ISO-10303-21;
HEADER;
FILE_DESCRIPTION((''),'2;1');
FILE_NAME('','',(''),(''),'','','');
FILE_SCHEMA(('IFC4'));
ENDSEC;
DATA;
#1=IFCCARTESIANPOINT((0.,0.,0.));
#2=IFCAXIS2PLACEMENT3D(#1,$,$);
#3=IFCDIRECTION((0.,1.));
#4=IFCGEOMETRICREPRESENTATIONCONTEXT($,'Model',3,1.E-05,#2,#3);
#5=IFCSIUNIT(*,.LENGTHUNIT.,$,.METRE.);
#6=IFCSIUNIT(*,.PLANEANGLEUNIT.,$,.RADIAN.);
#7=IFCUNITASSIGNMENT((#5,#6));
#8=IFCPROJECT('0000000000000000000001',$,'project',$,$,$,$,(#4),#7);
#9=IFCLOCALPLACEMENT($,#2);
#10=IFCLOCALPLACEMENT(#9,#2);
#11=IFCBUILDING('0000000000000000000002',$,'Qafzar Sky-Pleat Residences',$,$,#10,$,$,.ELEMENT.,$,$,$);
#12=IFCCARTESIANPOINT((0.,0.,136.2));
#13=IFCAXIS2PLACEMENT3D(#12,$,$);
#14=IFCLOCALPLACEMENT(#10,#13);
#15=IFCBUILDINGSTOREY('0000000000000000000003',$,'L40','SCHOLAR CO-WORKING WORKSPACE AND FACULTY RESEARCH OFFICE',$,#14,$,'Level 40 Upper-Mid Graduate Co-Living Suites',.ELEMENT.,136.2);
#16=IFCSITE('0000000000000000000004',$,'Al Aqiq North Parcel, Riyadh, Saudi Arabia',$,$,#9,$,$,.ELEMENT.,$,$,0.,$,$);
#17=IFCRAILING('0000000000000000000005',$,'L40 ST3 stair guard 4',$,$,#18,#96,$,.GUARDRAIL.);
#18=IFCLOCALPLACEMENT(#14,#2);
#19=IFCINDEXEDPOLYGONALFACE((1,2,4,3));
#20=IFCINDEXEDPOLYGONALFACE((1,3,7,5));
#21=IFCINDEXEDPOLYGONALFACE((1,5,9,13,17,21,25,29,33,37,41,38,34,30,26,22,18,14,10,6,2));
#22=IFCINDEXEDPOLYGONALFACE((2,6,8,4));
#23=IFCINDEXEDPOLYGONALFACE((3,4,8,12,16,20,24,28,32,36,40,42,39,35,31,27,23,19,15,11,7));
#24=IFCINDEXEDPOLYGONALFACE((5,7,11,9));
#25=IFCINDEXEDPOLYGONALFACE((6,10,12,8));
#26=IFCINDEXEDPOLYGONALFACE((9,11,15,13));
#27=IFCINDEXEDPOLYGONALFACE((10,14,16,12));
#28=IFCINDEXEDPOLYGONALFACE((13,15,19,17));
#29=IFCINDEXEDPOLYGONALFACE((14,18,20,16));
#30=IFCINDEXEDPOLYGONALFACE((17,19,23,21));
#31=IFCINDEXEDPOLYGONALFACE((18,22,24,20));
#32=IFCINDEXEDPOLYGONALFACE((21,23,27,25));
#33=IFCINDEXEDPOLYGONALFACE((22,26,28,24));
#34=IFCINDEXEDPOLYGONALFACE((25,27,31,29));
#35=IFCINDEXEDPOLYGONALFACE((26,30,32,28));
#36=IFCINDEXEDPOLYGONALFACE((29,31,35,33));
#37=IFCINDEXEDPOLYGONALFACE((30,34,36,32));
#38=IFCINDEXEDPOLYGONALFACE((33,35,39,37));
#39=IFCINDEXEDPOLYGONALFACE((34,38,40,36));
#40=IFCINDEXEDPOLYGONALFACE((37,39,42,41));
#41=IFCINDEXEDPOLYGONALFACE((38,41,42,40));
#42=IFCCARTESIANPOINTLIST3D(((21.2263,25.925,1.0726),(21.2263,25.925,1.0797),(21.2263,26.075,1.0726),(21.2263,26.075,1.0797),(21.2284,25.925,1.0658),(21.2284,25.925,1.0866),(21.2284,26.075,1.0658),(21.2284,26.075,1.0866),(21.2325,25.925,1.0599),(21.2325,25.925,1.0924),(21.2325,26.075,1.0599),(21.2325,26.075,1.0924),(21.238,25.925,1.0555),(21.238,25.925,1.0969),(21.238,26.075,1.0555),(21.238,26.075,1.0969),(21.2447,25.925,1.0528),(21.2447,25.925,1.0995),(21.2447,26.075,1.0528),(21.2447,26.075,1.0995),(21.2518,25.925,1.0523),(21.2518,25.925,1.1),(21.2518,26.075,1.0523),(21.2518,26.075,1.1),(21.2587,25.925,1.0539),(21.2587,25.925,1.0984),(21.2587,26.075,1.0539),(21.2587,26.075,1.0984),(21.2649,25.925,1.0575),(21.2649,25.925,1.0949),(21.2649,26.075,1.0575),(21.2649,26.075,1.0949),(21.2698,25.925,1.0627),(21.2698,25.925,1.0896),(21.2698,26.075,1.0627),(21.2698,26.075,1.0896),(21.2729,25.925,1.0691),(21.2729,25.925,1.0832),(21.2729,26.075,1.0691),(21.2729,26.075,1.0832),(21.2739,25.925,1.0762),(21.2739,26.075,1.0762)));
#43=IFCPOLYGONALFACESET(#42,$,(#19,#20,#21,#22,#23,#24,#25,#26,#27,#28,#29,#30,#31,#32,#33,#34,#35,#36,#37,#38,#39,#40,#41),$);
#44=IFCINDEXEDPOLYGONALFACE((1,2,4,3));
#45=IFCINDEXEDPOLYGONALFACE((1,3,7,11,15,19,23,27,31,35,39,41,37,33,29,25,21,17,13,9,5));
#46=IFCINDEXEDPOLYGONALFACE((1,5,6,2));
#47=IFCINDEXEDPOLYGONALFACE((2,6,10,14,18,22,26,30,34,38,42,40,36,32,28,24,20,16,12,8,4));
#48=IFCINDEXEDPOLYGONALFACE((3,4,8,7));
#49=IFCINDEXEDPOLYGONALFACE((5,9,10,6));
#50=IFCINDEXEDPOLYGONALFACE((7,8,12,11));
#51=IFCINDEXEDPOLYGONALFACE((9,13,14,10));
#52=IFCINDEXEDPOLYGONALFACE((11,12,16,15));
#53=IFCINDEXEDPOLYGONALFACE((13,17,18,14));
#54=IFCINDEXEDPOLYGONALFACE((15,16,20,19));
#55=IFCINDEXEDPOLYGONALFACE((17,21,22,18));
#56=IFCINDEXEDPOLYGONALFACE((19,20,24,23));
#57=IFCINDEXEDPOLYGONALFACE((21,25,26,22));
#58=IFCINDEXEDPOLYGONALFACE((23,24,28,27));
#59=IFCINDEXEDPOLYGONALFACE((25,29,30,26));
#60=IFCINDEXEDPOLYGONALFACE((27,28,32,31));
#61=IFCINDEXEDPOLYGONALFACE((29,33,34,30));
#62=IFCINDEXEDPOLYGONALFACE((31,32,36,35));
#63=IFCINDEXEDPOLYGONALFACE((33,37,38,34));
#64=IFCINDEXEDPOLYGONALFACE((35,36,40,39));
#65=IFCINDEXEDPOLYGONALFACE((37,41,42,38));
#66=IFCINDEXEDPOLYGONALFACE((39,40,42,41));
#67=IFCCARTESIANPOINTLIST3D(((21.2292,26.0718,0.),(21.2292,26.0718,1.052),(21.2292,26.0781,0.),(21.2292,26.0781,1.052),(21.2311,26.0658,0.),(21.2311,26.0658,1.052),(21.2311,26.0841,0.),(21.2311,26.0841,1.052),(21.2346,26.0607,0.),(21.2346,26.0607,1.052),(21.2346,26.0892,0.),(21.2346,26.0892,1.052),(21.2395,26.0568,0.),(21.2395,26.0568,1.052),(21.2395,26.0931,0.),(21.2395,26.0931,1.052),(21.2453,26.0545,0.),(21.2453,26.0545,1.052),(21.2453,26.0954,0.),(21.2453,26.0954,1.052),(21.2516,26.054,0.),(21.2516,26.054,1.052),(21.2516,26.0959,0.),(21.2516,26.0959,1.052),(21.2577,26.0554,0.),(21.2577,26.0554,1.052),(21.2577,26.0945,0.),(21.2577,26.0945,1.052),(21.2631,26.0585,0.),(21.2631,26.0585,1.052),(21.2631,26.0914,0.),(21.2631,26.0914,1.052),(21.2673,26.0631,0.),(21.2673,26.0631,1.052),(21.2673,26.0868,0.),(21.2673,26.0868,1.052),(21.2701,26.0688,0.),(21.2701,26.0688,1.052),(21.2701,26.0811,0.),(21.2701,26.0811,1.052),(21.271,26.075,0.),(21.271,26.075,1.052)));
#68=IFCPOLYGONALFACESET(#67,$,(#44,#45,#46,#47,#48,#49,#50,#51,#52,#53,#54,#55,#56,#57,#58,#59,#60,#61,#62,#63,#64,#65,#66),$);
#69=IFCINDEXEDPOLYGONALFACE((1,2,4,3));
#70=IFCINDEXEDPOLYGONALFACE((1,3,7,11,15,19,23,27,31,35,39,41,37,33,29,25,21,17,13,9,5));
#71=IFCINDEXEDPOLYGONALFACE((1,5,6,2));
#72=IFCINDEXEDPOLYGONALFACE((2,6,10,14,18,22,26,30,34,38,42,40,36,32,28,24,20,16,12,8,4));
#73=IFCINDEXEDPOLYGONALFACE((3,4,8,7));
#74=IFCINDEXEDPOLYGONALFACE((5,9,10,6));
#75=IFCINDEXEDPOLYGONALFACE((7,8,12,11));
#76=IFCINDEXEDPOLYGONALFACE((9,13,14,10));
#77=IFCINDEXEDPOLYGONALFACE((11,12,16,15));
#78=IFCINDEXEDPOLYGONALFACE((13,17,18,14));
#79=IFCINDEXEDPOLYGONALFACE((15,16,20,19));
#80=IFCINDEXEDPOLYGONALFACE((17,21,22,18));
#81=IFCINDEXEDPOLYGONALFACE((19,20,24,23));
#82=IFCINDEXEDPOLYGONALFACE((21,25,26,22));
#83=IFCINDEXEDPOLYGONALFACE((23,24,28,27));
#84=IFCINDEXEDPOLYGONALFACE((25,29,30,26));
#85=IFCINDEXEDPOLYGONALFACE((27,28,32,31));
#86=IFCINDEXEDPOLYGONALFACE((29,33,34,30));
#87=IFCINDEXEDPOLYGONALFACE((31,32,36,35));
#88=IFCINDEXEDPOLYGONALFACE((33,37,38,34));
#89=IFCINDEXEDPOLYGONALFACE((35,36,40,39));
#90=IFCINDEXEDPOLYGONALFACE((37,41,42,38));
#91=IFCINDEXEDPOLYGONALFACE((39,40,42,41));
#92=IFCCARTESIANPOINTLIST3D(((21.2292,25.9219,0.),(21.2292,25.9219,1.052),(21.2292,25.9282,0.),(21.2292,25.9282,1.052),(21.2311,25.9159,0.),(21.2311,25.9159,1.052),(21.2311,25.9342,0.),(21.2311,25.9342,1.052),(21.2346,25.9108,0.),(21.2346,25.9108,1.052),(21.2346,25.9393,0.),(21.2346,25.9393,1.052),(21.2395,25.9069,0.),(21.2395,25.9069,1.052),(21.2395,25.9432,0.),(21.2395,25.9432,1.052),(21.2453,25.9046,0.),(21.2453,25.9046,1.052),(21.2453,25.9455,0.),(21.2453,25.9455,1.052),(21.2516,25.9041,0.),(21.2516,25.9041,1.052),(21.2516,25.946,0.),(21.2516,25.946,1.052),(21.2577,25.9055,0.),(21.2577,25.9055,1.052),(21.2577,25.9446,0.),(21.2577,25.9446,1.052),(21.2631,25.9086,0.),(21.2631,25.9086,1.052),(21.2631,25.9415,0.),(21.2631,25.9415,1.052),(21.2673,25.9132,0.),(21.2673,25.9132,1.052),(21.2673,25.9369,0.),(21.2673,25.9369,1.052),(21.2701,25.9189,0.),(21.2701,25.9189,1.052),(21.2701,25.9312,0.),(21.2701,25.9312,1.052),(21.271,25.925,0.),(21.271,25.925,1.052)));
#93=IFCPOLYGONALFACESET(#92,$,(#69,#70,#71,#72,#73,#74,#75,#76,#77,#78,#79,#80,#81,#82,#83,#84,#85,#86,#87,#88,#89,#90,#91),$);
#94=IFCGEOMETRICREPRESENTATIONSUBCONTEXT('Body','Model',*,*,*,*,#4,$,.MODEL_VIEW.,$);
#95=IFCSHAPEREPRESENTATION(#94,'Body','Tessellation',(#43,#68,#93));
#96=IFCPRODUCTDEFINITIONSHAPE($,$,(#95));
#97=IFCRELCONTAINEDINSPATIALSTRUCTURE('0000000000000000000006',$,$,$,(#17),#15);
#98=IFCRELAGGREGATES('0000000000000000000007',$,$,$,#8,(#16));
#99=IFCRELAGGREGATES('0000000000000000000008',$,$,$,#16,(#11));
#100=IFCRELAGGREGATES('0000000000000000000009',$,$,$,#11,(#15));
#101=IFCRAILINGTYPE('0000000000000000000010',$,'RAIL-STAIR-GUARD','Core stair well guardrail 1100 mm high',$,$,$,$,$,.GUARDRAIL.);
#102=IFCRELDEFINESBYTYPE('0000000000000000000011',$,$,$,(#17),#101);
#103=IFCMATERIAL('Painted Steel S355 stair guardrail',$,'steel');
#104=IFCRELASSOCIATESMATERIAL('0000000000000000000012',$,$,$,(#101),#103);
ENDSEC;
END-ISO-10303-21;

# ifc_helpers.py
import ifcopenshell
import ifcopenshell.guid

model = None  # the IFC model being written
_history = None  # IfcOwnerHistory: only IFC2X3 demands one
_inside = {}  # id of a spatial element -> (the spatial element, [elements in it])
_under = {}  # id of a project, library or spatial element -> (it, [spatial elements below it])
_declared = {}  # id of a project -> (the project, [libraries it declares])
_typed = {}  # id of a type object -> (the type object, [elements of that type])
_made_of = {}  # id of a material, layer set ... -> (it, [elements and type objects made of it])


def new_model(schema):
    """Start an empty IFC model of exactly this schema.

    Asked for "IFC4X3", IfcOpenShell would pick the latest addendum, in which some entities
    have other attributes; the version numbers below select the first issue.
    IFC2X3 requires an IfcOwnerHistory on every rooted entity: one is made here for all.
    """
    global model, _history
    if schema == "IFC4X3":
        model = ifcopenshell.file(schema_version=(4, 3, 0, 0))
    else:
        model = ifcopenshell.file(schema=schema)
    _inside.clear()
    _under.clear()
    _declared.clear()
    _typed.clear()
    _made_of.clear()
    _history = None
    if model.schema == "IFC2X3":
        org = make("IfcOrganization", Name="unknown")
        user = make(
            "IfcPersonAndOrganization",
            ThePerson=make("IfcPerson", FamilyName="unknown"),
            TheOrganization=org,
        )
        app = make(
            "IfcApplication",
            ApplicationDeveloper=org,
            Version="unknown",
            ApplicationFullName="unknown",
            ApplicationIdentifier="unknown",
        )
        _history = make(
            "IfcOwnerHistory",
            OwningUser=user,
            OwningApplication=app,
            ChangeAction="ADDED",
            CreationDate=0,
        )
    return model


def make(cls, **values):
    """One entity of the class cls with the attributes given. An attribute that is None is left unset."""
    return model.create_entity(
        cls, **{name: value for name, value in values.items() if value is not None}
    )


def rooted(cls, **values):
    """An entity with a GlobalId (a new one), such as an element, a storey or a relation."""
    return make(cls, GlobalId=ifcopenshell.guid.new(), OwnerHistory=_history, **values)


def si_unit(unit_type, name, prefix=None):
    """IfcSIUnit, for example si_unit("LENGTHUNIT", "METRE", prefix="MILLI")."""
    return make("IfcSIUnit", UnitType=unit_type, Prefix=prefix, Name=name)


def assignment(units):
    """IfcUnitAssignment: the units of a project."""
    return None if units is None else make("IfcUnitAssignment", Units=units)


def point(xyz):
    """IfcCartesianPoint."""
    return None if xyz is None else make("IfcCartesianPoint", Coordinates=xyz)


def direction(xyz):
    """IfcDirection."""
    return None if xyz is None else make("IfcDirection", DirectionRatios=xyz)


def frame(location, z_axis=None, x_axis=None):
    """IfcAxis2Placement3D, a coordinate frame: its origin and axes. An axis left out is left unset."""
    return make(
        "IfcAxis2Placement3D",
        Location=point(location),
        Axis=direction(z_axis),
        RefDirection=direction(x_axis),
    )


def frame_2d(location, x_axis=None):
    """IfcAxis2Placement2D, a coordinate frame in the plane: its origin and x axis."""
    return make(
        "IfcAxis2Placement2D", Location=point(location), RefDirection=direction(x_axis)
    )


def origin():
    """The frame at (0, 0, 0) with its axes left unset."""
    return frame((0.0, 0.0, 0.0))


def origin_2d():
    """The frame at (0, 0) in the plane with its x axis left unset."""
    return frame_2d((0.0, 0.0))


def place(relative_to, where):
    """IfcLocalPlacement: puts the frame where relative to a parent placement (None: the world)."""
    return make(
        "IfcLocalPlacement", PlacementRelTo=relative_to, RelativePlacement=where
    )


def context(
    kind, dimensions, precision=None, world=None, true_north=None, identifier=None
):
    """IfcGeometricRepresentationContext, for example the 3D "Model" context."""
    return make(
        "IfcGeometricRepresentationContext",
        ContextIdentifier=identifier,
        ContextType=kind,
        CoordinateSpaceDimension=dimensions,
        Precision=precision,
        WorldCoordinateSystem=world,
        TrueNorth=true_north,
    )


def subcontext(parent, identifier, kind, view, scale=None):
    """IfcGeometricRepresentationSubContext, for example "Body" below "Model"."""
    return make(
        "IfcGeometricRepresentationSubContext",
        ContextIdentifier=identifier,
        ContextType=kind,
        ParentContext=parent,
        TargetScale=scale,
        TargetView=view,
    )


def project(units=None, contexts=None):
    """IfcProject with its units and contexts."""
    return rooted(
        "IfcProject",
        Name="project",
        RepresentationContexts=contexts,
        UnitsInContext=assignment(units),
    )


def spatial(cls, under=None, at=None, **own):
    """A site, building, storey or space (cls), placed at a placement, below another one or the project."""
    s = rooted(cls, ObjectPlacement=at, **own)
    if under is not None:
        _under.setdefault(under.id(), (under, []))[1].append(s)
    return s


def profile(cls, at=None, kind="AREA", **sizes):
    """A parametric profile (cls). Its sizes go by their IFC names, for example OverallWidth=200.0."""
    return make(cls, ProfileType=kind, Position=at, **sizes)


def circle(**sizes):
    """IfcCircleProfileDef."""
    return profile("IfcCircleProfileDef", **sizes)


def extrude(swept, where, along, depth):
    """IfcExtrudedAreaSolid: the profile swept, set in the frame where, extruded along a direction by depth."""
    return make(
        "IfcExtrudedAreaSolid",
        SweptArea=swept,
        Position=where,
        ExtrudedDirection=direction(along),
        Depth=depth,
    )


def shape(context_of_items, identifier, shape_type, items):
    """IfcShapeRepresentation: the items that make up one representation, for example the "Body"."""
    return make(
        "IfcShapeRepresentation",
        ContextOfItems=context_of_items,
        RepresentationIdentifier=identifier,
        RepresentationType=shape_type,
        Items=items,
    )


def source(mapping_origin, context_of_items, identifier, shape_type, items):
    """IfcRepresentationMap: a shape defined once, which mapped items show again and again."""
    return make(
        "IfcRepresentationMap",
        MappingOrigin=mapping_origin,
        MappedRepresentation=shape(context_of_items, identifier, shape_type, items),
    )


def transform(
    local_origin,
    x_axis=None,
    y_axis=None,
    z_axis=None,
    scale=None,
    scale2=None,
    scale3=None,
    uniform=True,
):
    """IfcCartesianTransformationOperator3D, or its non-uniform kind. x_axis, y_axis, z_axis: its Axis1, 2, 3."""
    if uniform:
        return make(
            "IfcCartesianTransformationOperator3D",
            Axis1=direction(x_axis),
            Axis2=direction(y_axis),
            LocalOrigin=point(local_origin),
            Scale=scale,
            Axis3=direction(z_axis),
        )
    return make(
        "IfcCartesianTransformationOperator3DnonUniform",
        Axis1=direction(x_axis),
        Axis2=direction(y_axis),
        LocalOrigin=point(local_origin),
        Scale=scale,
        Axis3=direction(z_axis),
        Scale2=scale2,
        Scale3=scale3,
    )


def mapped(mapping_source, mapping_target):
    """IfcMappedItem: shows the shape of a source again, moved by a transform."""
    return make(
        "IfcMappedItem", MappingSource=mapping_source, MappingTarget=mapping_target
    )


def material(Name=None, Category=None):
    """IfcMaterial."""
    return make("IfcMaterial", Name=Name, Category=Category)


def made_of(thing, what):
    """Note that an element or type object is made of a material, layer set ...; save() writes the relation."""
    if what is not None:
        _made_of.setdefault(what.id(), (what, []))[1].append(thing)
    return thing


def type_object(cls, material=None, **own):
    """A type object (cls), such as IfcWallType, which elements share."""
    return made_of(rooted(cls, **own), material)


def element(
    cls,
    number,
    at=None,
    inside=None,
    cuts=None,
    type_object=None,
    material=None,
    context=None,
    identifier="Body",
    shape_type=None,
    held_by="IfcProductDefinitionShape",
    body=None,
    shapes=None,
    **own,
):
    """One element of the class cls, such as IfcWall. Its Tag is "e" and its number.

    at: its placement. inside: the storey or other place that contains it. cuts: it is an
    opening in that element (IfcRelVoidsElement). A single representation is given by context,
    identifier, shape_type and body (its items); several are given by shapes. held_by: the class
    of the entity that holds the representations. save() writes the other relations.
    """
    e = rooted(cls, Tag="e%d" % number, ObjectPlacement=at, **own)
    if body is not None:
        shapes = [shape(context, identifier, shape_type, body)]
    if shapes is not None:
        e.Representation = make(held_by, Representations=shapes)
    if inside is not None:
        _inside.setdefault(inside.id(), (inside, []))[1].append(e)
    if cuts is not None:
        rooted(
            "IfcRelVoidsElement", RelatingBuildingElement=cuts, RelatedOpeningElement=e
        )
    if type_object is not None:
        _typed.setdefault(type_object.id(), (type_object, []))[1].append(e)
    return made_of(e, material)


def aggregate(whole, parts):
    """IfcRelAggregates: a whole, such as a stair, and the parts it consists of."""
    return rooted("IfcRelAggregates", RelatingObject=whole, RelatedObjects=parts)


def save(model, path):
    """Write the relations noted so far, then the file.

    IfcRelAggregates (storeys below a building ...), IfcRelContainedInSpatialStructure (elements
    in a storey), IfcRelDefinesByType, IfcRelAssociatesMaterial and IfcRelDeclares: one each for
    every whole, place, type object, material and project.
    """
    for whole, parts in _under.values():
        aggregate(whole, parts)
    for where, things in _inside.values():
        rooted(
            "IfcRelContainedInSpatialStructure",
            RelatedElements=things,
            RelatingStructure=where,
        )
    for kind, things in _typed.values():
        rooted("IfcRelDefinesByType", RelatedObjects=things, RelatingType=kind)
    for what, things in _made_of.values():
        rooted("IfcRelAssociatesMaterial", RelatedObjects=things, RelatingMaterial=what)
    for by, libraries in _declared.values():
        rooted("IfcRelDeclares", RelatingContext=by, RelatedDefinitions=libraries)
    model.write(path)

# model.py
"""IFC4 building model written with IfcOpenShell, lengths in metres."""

from ifc_helpers import new_model, si_unit, direction, frame, origin, origin_2d, place, context, subcontext, project, spatial, circle, extrude, source, transform, mapped, material, type_object, element, save


model = new_model("IFC4")

# Units and contexts
model_context = context("Model", 3, precision=1e-05, world=origin(), true_north=direction((0.0, 1.0)))
body_context = subcontext(model_context, "Body", "Model", "MODEL_VIEW")
ifc_project = project(units=[si_unit("LENGTHUNIT", "METRE"), si_unit("PLANEANGLEUNIT", "RADIAN")], contexts=[model_context])

# Site, building, storey
site_placement = place(None, origin())
site = spatial("IfcSite", under=ifc_project, at=site_placement, Name="Al Aqiq North Parcel, Riyadh, Saudi Arabia", CompositionType="ELEMENT", RefElevation=0.0)
building_placement = place(site_placement, origin())
building = spatial("IfcBuilding", under=site, at=building_placement, Name="Qafzar Sky-Pleat Residences", CompositionType="ELEMENT")
storey_placement = place(building_placement, frame((0.0, 0.0, 136.2)))
storey = spatial("IfcBuildingStorey", under=building, at=storey_placement, Name="L40", Description="SCHOLAR CO-WORKING WORKSPACE AND FACULTY RESEARCH OFFICE", LongName="Level 40 Upper-Mid Graduate Co-Living Suites", CompositionType="ELEMENT", Elevation=136.2)

# Railing
ifc_material_1 = material(Name="Painted Steel S355 stair guardrail", Category="steel")
railing_type_1 = type_object("IfcRailingType", Name="RAIL-STAIR-GUARD", Description="Core stair well guardrail 1100 mm high", PredefinedType="GUARDRAIL", material=ifc_material_1)
shared_shape_1 = source(origin(), body_context, "Body", "SweptSolid", [
    extrude(circle(Radius=0.0239, at=origin_2d()), frame((0.0, 0.0, 1.0762), z_axis=(0.0, -1.0, 0.0), x_axis=(1.0, 0.0, 0.0)), (0.0, 0.0, 1.0), 0.1499),
    extrude(circle(Radius=0.021, at=origin_2d()), origin(), (0.0, 0.0, 1.0), 1.052),
    extrude(circle(Radius=0.021, at=origin_2d()), frame((0.0, -0.1499, 0.0)), (0.0, 0.0, 1.0), 1.052),
])
for number, where, name in (
    (1, (21.25, 26.075, 0.0), "L40 ST3 stair guard 4"),
):
    element("IfcRailing", number, at=place(storey_placement, frame(where)), inside=storey, type_object=railing_type_1, Name=name, PredefinedType="GUARDRAIL", context=body_context, shape_type="MappedRepresentation", body=[
        mapped(shared_shape_1, transform((0.0, 0.0, 0.0), x_axis=(1.0, 0.0, 0.0), y_axis=(0.0, 1.0, 0.0), z_axis=(0.0, 0.0, 1.0), scale=1.0)),
    ])

save(model, "model.ifc")
